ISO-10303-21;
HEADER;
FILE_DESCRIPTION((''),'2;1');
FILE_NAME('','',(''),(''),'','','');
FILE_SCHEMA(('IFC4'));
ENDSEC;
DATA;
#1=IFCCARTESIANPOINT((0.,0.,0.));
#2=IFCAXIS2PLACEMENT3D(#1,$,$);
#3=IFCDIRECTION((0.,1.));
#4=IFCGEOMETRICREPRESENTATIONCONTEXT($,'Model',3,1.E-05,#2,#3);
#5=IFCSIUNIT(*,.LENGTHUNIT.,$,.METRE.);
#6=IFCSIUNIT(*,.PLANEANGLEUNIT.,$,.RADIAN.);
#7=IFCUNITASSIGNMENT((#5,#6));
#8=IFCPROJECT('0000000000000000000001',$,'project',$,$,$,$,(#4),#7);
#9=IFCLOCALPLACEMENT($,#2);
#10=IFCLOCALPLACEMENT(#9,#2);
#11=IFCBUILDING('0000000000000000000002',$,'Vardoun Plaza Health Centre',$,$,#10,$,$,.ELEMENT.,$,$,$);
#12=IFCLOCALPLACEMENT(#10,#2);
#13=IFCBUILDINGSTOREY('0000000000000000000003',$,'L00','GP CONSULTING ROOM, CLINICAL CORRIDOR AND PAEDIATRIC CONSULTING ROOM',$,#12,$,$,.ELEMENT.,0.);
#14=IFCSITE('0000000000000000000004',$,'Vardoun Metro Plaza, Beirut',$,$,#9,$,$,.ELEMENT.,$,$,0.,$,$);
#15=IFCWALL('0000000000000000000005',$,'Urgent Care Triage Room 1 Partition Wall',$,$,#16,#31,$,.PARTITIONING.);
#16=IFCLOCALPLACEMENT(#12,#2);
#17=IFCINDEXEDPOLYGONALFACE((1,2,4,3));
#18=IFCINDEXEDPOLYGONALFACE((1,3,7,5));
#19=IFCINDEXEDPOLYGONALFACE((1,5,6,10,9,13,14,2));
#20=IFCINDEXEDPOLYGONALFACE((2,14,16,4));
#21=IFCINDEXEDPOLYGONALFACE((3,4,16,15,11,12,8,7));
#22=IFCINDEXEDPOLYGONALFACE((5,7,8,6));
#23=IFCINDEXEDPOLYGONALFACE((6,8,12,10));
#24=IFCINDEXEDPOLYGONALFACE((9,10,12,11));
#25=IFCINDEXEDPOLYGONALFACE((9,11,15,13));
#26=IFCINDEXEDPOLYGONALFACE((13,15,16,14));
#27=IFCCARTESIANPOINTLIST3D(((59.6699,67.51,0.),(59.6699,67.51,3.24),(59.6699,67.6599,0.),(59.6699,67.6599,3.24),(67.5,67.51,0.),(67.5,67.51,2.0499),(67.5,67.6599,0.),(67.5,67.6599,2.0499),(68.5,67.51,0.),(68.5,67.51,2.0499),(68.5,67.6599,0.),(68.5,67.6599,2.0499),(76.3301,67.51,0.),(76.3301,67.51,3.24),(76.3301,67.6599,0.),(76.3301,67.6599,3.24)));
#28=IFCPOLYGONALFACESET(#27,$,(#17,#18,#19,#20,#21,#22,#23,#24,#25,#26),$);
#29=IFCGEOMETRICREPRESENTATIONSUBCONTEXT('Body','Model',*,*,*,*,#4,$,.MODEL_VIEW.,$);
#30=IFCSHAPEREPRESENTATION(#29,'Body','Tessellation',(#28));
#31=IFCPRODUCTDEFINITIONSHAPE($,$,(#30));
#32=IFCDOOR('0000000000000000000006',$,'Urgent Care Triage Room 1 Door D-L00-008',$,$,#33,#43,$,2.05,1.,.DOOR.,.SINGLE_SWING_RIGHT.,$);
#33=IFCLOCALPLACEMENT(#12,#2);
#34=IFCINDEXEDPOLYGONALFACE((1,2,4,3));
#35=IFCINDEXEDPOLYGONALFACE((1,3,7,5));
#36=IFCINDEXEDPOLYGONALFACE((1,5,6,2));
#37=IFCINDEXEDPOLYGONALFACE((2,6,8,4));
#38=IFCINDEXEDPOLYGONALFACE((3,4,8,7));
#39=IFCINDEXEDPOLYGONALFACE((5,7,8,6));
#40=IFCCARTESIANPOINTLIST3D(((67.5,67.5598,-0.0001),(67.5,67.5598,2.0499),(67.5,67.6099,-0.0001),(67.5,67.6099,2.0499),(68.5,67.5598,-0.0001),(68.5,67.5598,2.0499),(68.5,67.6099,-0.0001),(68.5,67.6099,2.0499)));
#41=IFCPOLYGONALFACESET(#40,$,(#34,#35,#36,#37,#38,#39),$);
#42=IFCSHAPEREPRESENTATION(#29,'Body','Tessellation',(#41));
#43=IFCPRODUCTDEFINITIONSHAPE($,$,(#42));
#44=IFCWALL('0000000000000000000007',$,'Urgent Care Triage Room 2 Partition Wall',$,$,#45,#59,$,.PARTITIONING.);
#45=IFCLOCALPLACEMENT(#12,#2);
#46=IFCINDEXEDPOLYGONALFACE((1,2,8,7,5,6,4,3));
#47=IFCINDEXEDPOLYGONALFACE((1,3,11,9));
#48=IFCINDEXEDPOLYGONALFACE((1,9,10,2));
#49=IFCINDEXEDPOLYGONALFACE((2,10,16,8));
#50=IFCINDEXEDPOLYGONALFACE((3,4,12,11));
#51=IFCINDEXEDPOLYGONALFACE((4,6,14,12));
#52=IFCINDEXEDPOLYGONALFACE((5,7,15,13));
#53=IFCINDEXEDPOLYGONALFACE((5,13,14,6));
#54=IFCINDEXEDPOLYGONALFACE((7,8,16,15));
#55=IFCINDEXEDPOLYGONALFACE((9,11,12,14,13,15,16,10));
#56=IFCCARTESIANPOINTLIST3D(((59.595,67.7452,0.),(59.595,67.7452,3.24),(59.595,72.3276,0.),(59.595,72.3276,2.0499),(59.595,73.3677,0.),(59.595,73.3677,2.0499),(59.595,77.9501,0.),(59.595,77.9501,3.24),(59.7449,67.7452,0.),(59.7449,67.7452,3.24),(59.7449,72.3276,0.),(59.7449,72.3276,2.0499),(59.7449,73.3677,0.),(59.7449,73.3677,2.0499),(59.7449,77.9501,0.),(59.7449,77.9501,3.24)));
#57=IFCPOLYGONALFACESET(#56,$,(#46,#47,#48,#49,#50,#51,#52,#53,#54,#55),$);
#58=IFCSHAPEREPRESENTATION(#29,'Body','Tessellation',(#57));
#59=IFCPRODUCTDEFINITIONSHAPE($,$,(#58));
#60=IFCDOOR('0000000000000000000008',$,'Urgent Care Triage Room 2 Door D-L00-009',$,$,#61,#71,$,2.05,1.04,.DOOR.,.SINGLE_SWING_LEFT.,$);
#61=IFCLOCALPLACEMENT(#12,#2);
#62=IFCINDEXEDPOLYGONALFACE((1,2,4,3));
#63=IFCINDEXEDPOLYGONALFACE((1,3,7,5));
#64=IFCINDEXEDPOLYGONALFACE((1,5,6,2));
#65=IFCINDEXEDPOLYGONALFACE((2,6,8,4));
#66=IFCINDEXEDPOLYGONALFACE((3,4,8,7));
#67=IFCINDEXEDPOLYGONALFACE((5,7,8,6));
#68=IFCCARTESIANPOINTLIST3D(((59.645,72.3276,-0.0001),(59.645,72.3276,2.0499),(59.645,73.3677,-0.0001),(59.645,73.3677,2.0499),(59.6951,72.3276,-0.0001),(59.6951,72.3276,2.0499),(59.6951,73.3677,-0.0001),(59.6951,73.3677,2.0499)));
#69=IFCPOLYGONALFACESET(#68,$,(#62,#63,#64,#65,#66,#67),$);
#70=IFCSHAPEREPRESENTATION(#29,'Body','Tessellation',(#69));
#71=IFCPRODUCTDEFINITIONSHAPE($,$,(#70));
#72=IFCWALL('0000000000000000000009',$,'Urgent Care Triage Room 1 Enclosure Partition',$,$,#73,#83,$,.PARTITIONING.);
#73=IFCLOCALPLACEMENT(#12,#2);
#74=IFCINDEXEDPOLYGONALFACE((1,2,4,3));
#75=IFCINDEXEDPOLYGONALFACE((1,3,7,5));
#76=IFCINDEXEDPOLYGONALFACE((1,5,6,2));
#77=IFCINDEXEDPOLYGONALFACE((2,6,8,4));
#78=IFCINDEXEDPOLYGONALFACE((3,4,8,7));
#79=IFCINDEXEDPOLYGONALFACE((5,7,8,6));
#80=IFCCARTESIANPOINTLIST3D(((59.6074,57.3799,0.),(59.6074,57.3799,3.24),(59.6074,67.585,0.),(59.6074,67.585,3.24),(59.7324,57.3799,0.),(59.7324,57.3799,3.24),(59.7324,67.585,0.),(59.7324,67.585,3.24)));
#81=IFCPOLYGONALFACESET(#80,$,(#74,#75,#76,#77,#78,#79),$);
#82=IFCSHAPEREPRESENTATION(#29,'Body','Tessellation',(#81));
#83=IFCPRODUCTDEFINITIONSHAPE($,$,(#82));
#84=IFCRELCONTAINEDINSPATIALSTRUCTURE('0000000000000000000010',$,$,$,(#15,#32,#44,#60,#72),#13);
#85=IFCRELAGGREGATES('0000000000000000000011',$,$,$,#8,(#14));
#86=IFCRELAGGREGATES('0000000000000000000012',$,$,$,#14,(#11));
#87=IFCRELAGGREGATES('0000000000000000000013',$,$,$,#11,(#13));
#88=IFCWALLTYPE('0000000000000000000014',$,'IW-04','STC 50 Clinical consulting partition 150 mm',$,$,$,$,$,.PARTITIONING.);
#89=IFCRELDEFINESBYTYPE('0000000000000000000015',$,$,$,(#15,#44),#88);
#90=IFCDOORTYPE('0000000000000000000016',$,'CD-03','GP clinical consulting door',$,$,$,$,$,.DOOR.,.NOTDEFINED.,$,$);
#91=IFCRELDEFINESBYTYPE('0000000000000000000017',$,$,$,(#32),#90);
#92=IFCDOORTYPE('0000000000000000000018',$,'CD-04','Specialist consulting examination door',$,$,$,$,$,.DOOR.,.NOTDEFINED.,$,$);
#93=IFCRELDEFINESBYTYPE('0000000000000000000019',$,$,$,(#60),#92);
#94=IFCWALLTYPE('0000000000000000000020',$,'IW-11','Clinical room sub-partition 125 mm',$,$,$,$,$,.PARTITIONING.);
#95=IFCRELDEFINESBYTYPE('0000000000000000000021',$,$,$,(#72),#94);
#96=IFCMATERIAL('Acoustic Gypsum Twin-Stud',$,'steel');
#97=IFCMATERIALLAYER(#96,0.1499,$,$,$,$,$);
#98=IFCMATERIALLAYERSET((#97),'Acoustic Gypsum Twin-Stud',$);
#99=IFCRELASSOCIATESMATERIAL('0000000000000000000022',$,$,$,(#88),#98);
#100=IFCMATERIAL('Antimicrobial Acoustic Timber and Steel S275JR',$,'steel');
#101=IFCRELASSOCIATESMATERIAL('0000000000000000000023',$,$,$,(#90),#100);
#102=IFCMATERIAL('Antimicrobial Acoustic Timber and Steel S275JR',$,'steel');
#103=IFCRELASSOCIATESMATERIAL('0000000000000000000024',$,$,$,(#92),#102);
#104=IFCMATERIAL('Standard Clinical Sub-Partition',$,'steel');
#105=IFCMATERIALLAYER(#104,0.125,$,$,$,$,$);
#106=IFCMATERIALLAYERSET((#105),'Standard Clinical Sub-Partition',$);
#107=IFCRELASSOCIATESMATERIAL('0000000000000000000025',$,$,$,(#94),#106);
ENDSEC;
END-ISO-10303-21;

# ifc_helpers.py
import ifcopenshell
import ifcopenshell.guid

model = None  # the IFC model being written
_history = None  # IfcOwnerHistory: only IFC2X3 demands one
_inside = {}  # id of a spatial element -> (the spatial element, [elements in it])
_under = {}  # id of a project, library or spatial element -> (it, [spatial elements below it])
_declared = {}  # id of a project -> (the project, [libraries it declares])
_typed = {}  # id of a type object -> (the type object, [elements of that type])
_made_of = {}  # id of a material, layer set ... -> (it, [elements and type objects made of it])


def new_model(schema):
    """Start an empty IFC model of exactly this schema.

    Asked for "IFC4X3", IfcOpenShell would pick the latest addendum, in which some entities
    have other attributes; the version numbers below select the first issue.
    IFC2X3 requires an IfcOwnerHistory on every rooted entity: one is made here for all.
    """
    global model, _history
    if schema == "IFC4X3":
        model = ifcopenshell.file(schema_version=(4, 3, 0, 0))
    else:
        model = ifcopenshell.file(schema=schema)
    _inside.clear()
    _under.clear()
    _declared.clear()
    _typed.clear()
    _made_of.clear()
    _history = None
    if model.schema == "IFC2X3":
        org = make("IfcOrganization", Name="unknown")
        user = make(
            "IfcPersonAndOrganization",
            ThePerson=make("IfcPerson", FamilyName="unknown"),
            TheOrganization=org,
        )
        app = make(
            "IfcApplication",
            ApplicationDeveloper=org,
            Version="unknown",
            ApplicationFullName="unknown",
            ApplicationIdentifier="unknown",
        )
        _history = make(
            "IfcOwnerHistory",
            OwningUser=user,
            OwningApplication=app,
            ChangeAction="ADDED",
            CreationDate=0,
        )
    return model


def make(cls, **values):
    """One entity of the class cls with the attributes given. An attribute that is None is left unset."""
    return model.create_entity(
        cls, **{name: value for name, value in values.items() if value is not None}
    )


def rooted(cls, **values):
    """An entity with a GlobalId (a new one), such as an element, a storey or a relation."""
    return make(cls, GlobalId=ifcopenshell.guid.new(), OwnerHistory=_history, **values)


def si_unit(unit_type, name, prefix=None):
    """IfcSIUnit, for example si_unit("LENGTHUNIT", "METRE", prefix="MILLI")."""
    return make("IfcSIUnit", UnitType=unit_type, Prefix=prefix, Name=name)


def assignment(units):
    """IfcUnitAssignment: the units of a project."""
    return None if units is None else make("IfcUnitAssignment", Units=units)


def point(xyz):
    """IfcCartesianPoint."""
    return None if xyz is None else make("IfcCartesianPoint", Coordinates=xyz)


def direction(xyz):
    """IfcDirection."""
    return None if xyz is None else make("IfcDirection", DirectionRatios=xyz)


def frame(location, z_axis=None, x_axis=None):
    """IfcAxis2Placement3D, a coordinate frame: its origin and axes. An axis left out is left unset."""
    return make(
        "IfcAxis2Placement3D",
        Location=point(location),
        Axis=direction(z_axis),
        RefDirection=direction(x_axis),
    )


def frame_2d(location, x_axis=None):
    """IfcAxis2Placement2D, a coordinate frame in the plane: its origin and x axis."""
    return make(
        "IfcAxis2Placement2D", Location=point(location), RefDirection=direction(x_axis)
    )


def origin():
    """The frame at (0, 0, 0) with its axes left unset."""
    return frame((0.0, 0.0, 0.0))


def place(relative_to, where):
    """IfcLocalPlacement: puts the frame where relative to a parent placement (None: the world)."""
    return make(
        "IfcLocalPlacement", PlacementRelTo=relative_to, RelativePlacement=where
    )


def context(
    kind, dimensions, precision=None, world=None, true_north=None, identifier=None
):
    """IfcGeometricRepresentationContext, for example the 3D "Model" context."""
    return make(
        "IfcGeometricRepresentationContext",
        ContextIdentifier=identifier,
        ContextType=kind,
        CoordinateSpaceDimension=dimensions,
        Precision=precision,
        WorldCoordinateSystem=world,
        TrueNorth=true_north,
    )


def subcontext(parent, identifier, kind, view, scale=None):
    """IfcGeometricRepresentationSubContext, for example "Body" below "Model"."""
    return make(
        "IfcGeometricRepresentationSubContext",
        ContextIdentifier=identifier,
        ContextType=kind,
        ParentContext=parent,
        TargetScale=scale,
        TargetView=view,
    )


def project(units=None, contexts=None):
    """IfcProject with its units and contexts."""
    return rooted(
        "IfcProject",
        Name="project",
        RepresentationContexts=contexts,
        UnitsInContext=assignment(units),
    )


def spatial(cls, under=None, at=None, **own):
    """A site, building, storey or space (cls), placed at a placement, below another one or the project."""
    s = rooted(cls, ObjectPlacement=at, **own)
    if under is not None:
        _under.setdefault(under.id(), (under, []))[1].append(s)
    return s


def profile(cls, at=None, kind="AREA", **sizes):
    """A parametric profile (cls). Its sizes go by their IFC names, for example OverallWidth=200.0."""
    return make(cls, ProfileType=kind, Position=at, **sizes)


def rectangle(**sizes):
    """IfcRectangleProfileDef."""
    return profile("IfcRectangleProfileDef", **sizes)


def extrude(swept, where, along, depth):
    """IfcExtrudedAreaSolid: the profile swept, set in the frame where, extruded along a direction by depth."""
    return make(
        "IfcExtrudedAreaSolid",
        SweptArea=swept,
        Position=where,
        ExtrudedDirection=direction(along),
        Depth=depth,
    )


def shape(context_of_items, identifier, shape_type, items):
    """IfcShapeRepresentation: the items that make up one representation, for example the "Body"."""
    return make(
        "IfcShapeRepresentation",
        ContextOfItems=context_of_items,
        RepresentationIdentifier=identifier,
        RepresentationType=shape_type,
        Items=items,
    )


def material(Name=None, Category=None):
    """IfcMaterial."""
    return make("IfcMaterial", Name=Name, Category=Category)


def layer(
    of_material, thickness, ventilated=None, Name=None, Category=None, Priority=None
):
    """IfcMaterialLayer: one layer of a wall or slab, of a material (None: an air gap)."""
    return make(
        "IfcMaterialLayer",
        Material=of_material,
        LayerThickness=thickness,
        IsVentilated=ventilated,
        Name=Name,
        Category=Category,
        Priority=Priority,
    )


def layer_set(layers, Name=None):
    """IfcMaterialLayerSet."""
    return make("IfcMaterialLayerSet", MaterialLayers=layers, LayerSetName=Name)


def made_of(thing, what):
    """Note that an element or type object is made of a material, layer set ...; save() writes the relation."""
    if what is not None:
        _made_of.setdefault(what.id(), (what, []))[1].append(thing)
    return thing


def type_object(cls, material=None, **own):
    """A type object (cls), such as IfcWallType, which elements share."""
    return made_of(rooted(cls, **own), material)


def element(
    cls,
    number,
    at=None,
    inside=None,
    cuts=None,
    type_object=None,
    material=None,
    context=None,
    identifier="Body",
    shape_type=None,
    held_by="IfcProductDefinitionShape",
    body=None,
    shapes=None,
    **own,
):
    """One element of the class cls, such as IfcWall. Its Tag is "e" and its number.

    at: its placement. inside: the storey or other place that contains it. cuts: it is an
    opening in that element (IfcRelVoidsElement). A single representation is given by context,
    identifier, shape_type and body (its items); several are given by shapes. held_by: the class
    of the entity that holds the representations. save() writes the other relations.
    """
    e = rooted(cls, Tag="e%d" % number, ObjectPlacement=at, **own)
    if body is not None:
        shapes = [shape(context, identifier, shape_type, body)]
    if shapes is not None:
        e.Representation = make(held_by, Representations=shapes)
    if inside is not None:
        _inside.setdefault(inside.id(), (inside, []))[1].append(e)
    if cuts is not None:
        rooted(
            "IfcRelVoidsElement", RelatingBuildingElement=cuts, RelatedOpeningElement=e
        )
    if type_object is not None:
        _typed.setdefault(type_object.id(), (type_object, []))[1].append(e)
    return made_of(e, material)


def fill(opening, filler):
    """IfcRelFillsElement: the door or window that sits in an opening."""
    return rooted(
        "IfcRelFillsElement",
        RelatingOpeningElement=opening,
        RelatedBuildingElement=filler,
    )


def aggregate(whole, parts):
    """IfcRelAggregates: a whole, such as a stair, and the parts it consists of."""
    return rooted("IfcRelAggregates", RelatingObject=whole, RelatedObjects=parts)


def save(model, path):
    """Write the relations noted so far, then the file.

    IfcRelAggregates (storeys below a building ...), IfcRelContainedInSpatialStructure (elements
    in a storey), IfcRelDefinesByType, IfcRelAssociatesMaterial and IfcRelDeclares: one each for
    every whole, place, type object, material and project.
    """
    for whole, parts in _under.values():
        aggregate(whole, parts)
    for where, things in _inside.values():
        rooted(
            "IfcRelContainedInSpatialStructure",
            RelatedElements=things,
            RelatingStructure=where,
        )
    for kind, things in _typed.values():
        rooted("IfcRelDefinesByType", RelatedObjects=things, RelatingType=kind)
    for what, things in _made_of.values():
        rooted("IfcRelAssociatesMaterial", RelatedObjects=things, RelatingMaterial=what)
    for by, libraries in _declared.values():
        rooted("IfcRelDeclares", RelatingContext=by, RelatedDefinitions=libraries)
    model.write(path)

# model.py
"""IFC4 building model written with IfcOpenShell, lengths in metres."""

from ifc_helpers import new_model, si_unit, direction, frame, frame_2d, origin, place, context, subcontext, project, spatial, rectangle, extrude, material, layer, layer_set, type_object, element, fill, save


model = new_model("IFC4")

# Units and contexts
model_context = context("Model", 3, precision=1e-05, world=origin(), true_north=direction((0.0, 1.0)))
body_context = subcontext(model_context, "Body", "Model", "MODEL_VIEW")
ifc_project = project(units=[si_unit("LENGTHUNIT", "METRE"), si_unit("PLANEANGLEUNIT", "RADIAN")], contexts=[model_context])

# Site, building, storey
site_placement = place(None, origin())
site = spatial("IfcSite", under=ifc_project, at=site_placement, Name="Vardoun Metro Plaza, Beirut", CompositionType="ELEMENT", RefElevation=0.0)
building_placement = place(site_placement, origin())
building = spatial("IfcBuilding", under=site, at=building_placement, Name="Vardoun Plaza Health Centre", CompositionType="ELEMENT")
storey_placement = place(building_placement, origin())
storey = spatial("IfcBuildingStorey", under=building, at=storey_placement, Name="L00", Description="GP CONSULTING ROOM, CLINICAL CORRIDOR AND PAEDIATRIC CONSULTING ROOM", CompositionType="ELEMENT", Elevation=0.0)

# Walls, openings, doors
ifc_material_1 = material(Name="Acoustic Gypsum Twin-Stud", Category="steel")
ifc_layer_1 = layer(ifc_material_1, 0.1499)
ifc_layer_set_1 = layer_set([ifc_layer_1], Name="Acoustic Gypsum Twin-Stud")
wall_type_1 = type_object("IfcWallType", Name="IW-04", Description="STC 50 Clinical consulting partition 150 mm", PredefinedType="PARTITIONING", material=ifc_layer_set_1)
wall_1_placement = place(storey_placement, frame((59.6699, 67.585, 0.0), z_axis=(0.0, 0.0, 1.0), x_axis=(1.0, 0.0, 0.0)))
wall_1 = element("IfcWall", 1, at=wall_1_placement, inside=storey, type_object=wall_type_1, Name="Urgent Care Triage Room 1 Partition Wall", PredefinedType="PARTITIONING", context=body_context, shape_type="SweptSolid", body=[
    extrude(rectangle(XDim=16.6602, YDim=0.1499, at=frame_2d((8.3301, 0.0))), origin(), (0.0, 0.0, 1.0), 3.24),
])
opening_1_placement = place(wall_1_placement, frame((7.8301, 0.0, 0.0)))
opening_1 = element("IfcOpeningElement", 2, at=opening_1_placement, cuts=wall_1, PredefinedType="OPENING", context=body_context, shape_type="SweptSolid", body=[
    extrude(rectangle(XDim=1.0, YDim=2.05, at=frame_2d((0.5, 1.0249))), frame((0.0, 0.075, 0.0), z_axis=(0.0, -1.0, 0.0), x_axis=(1.0, 0.0, 0.0)), (0.0, 0.0, 1.0), 0.1499),
])
ifc_material_2 = material(Name="Antimicrobial Acoustic Timber and Steel S275JR", Category="steel")
door_type_1 = type_object("IfcDoorType", Name="CD-03", Description="GP clinical consulting door", OperationType="NOTDEFINED", PredefinedType="DOOR", material=ifc_material_2)
door_1_placement = place(opening_1_placement, origin())
door_1 = element("IfcDoor", 3, at=door_1_placement, inside=storey, type_object=door_type_1, Name="Urgent Care Triage Room 1 Door D-L00-008", OperationType="SINGLE_SWING_RIGHT", OverallHeight=2.05, OverallWidth=1.0, PredefinedType="DOOR", context=body_context, shape_type="SweptSolid", body=[
    extrude(rectangle(XDim=1.0, YDim=2.05, at=frame_2d((0.5, 1.0249))), frame((0.0, 0.0249, 0.0), z_axis=(0.0, -1.0, 0.0), x_axis=(1.0, 0.0, 0.0)), (0.0, 0.0, 1.0), 0.05),
])
fill(opening_1, door_1)
wall_2_placement = place(storey_placement, frame((59.6699, 67.7451, 0.0), z_axis=(0.0, 0.0, 1.0), x_axis=(0.0, 1.0, 0.0)))
wall_2 = element("IfcWall", 4, at=wall_2_placement, inside=storey, type_object=wall_type_1, Name="Urgent Care Triage Room 2 Partition Wall", PredefinedType="PARTITIONING", context=body_context, shape_type="SweptSolid", body=[
    extrude(rectangle(XDim=10.2048, YDim=0.1499, at=frame_2d((5.1025, 0.0))), origin(), (0.0, 0.0, 1.0), 3.24),
])
opening_2_placement = place(wall_2_placement, frame((4.5825, 0.0, 0.0)))
opening_2 = element("IfcOpeningElement", 5, at=opening_2_placement, cuts=wall_2, PredefinedType="OPENING", context=body_context, shape_type="SweptSolid", body=[
    extrude(rectangle(XDim=1.04, YDim=2.05, at=frame_2d((0.52, 1.0249))), frame((0.0, 0.075, 0.0), z_axis=(0.0, -1.0, 0.0), x_axis=(1.0, 0.0, 0.0)), (0.0, 0.0, 1.0), 0.1499),
])
ifc_material_3 = material(Name="Antimicrobial Acoustic Timber and Steel S275JR", Category="steel")
door_type_2 = type_object("IfcDoorType", Name="CD-04", Description="Specialist consulting examination door", OperationType="NOTDEFINED", PredefinedType="DOOR", material=ifc_material_3)
door_2_placement = place(opening_2_placement, origin())
door_2 = element("IfcDoor", 6, at=door_2_placement, inside=storey, type_object=door_type_2, Name="Urgent Care Triage Room 2 Door D-L00-009", OperationType="SINGLE_SWING_LEFT", OverallHeight=2.05, OverallWidth=1.04, PredefinedType="DOOR", context=body_context, shape_type="SweptSolid", body=[
    extrude(rectangle(XDim=1.04, YDim=2.05, at=frame_2d((0.52, 1.0249))), frame((0.0, 0.0249, 0.0), z_axis=(0.0, -1.0, 0.0), x_axis=(1.0, 0.0, 0.0)), (0.0, 0.0, 1.0), 0.05),
])
fill(opening_2, door_2)

# Wall
ifc_material_4 = material(Name="Standard Clinical Sub-Partition", Category="steel")
ifc_layer_2 = layer(ifc_material_4, 0.125)
ifc_layer_set_2 = layer_set([ifc_layer_2], Name="Standard Clinical Sub-Partition")
wall_type_2 = type_object("IfcWallType", Name="IW-11", Description="Clinical room sub-partition 125 mm", PredefinedType="PARTITIONING", material=ifc_layer_set_2)
wall_3_placement = place(storey_placement, frame((59.6699, 57.3799, 0.0), z_axis=(0.0, 0.0, 1.0), x_axis=(0.0, 1.0, 0.0)))
element("IfcWall", 7, at=wall_3_placement, inside=storey, type_object=wall_type_2, Name="Urgent Care Triage Room 1 Enclosure Partition", PredefinedType="PARTITIONING", context=body_context, shape_type="SweptSolid", body=[
    extrude(rectangle(XDim=10.2051, YDim=0.125, at=frame_2d((5.1025, 0.0))), origin(), (0.0, 0.0, 1.0), 3.24),
])

save(model, "model.ifc")
